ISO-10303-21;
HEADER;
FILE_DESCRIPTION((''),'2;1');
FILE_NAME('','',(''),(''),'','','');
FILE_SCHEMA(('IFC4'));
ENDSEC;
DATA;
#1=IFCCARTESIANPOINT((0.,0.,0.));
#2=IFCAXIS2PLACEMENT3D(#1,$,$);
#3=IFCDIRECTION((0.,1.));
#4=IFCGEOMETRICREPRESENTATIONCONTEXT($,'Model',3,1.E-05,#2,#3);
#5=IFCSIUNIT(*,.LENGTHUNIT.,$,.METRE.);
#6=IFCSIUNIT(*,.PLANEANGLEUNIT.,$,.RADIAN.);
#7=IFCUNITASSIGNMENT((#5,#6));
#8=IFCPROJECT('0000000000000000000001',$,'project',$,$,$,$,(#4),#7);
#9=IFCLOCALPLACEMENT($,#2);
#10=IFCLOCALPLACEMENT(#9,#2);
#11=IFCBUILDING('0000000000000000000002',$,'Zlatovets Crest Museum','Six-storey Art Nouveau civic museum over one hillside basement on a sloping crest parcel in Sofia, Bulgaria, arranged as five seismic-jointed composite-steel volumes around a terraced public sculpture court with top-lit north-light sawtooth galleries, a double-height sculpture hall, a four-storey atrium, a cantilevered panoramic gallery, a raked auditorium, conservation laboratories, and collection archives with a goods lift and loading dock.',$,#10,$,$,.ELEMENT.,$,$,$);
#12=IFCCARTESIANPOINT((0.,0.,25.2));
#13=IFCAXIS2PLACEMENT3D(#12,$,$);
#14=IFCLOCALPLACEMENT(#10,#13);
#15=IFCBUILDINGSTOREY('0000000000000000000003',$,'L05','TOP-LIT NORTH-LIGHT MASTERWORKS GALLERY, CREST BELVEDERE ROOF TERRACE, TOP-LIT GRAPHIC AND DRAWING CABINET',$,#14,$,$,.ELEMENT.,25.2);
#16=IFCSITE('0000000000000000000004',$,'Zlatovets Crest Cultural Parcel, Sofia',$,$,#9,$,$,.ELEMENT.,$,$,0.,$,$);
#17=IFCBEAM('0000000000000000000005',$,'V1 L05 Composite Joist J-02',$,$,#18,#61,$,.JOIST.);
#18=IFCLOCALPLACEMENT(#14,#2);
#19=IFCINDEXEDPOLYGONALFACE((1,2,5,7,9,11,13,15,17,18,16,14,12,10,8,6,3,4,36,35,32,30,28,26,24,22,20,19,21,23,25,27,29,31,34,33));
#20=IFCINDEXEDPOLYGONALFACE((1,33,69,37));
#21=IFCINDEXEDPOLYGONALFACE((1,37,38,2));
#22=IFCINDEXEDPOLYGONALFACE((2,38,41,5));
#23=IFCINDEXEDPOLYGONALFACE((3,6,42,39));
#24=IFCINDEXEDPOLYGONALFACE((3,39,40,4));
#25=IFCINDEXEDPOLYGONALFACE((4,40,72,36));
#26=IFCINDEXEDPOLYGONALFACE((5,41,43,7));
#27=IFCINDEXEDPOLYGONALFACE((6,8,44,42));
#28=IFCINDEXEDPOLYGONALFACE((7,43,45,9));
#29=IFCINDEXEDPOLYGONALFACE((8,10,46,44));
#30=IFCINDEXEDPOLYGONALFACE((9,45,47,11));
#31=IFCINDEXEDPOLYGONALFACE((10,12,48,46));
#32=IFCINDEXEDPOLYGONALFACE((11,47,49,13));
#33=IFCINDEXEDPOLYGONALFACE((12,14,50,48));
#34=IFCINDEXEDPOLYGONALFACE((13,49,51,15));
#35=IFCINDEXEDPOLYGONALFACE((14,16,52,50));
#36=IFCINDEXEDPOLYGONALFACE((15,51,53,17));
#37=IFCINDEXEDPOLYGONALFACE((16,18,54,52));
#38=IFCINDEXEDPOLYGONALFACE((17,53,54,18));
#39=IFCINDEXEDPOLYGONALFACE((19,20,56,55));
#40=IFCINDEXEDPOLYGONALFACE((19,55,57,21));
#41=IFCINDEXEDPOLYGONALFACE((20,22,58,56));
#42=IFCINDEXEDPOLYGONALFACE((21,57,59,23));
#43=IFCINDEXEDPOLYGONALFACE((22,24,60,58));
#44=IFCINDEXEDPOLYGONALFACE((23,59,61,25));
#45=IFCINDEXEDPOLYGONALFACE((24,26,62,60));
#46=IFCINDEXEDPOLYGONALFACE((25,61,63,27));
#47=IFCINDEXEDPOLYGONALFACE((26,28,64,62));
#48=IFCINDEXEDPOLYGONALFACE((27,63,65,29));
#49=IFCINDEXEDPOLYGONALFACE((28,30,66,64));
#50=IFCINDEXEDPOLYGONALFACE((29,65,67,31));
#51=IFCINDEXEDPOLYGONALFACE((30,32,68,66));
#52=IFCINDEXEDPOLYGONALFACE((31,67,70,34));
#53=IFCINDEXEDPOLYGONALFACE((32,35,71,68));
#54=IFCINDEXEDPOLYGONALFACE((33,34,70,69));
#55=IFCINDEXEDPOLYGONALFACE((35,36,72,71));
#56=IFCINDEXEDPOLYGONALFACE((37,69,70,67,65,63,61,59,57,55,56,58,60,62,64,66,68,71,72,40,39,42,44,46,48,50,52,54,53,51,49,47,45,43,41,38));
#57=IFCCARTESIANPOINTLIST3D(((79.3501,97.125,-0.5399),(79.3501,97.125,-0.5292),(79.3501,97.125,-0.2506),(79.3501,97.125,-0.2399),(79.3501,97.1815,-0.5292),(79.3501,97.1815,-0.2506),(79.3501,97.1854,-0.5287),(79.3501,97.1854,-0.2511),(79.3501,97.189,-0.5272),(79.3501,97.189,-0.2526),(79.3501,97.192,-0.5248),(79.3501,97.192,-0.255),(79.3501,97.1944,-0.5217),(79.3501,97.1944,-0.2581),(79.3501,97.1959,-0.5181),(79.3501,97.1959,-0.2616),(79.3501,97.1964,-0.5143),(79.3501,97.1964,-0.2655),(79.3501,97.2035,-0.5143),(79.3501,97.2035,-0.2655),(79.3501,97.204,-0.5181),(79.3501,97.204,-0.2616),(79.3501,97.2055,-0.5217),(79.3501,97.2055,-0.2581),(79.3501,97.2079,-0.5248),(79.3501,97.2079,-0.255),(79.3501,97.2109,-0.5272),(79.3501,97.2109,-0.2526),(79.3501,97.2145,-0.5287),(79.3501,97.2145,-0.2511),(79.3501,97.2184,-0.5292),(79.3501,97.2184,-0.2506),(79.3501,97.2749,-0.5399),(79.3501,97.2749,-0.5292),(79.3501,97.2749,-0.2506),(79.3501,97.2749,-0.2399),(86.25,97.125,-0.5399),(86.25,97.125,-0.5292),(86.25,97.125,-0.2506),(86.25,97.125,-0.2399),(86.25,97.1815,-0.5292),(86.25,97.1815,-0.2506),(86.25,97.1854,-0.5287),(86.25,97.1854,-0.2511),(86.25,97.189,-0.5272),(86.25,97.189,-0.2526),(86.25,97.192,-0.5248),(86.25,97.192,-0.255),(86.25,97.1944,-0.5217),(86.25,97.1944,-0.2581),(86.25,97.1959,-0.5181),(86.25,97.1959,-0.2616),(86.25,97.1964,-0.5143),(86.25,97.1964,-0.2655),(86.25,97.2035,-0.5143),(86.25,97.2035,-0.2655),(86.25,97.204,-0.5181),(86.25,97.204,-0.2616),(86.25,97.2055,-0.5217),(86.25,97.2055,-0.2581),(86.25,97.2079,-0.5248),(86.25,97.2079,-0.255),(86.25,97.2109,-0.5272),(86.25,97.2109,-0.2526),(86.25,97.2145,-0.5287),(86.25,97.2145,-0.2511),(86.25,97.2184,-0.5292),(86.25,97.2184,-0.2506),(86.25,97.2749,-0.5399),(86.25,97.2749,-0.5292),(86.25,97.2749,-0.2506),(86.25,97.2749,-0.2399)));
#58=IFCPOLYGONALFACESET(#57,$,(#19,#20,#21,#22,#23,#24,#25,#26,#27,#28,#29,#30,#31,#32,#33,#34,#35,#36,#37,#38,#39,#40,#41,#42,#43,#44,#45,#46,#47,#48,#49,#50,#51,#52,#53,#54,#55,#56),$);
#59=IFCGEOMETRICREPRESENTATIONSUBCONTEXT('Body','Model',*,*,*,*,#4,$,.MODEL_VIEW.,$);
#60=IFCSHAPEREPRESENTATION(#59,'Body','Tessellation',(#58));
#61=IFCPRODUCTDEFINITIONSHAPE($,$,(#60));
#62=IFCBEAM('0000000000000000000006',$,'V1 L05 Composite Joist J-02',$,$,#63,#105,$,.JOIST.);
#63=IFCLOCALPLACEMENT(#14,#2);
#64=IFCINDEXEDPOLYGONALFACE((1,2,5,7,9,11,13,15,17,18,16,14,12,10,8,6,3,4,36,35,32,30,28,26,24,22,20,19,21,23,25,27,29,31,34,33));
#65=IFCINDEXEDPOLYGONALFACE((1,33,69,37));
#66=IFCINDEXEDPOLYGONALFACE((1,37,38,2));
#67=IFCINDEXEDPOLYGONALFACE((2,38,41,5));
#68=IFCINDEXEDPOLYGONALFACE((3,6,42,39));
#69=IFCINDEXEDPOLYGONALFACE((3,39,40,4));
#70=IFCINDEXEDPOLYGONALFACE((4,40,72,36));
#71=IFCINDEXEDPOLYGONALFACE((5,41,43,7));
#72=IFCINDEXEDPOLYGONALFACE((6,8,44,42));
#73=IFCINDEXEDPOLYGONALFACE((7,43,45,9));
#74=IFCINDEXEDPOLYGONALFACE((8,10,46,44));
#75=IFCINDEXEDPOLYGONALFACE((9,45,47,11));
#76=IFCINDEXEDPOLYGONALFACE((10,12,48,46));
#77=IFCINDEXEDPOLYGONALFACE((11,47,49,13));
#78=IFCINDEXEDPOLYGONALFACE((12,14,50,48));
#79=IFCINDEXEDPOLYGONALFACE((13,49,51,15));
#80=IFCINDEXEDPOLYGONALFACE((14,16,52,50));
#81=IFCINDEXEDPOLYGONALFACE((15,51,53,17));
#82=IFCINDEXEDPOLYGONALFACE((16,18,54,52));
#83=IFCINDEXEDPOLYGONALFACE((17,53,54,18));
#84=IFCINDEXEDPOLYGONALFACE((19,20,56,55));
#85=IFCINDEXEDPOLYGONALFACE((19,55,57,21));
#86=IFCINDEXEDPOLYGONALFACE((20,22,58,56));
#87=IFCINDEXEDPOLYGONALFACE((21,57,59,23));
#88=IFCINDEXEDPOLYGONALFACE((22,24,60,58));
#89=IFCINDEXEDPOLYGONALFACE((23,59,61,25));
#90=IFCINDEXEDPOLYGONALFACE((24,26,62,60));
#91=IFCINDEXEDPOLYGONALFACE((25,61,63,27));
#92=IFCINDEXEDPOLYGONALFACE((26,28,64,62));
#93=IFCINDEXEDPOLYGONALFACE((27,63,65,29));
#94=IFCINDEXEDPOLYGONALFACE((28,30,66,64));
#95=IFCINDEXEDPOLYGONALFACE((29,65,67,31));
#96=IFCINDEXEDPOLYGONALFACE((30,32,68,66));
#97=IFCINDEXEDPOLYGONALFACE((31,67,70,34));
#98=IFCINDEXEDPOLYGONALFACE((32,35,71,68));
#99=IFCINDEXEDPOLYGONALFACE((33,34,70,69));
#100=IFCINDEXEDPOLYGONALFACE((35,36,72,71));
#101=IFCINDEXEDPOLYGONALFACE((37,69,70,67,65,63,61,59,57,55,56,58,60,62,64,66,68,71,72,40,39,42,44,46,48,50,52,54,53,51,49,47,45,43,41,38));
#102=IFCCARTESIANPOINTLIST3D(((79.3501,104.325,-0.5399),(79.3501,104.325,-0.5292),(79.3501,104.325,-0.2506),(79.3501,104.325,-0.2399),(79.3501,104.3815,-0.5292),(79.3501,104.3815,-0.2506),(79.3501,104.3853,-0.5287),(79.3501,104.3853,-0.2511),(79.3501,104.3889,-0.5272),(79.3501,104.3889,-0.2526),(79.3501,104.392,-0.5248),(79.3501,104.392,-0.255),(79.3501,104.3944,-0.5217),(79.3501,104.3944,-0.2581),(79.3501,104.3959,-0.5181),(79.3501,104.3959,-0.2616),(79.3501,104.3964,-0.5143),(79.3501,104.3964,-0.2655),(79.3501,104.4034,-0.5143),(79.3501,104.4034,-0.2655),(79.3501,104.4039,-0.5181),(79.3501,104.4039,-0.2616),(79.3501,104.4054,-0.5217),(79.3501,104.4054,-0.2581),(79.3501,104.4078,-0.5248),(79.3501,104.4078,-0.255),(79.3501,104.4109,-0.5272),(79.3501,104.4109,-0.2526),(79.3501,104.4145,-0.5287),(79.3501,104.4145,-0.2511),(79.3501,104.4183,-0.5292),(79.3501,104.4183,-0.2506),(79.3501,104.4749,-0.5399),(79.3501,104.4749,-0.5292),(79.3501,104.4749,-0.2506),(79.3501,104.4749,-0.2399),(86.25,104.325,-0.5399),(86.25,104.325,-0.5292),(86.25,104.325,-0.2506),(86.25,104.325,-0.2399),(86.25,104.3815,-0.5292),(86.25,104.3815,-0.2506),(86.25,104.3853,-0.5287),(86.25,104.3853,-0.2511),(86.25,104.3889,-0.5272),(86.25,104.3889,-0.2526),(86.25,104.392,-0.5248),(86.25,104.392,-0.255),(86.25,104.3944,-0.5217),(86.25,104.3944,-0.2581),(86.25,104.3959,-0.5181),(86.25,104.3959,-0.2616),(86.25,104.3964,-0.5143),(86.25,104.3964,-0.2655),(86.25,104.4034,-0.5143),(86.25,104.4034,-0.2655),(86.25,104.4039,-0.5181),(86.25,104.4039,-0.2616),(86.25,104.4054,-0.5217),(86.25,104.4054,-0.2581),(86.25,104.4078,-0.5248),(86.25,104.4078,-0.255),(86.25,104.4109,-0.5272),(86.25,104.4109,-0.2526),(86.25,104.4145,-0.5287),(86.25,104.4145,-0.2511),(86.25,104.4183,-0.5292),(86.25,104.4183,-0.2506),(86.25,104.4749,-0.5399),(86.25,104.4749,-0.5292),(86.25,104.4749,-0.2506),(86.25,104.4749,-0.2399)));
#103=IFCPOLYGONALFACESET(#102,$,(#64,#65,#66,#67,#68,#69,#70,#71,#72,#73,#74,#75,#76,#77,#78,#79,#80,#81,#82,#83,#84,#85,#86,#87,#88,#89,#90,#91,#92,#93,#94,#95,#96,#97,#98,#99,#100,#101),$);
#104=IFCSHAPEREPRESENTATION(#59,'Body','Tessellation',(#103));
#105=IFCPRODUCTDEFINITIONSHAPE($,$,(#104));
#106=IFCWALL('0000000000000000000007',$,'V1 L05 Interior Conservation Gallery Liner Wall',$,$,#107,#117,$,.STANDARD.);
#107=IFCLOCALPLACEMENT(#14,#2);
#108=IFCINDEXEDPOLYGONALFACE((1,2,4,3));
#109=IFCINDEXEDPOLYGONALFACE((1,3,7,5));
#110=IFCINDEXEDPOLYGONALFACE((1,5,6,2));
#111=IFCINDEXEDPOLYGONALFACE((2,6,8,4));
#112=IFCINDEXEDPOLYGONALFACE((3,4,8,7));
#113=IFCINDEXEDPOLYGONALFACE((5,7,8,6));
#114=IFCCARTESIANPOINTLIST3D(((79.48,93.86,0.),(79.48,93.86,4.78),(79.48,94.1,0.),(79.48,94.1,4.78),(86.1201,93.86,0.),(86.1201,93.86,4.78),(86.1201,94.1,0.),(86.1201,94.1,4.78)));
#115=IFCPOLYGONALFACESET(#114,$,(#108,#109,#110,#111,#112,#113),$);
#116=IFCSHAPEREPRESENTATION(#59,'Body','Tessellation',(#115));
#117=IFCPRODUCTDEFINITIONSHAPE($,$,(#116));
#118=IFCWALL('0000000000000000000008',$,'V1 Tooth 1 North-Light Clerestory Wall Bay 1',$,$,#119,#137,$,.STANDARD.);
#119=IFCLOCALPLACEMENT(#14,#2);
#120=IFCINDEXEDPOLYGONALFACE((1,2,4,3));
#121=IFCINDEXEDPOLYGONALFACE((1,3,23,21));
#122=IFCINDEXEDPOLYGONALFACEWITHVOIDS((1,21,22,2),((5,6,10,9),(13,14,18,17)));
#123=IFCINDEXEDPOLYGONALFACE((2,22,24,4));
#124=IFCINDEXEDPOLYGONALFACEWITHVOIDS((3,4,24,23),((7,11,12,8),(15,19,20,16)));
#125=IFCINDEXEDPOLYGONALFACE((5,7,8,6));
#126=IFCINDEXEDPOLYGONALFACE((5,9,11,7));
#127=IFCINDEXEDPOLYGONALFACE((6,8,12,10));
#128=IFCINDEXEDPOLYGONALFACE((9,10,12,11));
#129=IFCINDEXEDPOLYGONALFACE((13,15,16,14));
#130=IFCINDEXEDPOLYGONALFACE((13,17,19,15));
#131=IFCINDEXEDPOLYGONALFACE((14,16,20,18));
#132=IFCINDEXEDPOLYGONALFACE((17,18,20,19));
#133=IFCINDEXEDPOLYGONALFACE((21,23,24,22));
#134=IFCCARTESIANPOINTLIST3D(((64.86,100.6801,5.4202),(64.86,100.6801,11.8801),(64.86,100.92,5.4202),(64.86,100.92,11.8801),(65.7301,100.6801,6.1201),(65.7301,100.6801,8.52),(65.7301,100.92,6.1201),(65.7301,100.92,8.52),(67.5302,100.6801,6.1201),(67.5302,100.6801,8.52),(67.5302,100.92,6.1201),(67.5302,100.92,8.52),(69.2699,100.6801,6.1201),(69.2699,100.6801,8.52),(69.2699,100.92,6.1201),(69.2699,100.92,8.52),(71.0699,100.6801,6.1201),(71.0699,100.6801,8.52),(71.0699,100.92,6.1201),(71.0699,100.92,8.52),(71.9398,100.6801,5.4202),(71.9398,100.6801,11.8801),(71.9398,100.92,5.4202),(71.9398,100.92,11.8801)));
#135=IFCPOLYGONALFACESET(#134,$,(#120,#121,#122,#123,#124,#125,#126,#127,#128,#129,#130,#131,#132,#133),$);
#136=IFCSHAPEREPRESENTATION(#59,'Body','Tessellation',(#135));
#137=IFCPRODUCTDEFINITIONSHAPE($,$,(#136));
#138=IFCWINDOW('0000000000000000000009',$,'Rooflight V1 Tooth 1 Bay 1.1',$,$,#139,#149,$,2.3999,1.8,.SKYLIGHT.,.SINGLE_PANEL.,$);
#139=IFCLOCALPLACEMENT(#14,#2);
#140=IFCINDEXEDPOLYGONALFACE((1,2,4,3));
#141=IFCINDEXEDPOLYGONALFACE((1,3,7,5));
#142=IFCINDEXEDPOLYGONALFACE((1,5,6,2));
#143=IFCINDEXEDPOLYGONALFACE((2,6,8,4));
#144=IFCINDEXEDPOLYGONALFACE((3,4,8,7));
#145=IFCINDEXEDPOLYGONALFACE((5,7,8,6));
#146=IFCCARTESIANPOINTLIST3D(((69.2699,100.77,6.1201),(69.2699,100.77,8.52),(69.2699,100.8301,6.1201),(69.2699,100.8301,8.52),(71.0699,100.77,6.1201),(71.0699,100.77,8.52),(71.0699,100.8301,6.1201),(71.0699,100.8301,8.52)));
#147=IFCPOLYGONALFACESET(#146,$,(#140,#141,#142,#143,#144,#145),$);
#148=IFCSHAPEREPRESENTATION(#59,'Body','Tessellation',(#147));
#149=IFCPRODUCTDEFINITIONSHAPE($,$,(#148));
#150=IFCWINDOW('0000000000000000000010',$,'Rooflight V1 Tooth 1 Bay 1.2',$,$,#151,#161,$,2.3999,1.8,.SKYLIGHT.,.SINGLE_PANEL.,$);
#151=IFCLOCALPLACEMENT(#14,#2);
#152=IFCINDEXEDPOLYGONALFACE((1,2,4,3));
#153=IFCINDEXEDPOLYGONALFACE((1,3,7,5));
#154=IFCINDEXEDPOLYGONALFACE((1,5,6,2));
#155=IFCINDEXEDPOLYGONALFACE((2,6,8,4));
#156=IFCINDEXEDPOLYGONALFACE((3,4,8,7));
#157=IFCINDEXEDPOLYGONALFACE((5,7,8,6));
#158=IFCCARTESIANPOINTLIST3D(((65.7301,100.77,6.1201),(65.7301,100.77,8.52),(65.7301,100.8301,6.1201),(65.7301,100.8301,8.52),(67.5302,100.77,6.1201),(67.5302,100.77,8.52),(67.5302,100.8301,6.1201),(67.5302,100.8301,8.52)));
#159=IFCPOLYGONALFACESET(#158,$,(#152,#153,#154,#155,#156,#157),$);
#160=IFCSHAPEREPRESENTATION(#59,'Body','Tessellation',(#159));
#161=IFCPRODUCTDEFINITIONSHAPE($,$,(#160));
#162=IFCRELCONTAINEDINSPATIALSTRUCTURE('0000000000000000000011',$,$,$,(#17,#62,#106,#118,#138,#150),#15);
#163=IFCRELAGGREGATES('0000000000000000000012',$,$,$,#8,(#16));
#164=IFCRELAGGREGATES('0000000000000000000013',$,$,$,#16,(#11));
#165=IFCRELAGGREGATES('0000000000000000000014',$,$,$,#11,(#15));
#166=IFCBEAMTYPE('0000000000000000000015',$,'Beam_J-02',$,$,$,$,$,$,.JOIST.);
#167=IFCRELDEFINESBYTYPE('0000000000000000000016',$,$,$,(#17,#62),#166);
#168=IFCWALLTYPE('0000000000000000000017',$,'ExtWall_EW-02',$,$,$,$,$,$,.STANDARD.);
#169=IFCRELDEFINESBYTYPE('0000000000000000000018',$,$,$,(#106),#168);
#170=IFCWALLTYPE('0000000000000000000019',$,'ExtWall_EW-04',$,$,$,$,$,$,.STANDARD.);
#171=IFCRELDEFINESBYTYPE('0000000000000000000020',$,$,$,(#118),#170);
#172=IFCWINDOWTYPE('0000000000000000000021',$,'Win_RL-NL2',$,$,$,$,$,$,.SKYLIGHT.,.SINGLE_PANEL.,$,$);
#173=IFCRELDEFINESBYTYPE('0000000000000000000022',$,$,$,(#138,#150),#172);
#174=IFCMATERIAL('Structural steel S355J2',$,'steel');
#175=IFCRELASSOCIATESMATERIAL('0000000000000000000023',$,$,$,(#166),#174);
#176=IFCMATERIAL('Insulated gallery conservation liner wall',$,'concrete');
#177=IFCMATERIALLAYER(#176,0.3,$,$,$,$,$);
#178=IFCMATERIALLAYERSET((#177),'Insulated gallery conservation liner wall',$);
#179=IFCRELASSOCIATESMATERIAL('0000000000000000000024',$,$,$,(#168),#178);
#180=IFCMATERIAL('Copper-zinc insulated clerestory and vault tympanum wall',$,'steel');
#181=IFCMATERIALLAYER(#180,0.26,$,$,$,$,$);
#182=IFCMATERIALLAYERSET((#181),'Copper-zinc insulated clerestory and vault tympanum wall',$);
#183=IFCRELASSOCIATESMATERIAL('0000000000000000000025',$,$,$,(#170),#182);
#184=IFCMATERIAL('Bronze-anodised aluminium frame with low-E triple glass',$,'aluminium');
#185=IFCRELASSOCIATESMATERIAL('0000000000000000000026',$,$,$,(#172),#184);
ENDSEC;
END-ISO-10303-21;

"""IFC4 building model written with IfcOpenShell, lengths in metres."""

from ifc_helpers import new_model, si_unit, direction, frame, frame_2d, origin, origin_2d, place, context, subcontext, project, spatial, rectangle, i_section, extrude, material, layer, layer_set, material_profile, profile_set, type_object, element, fill, save


model = new_model("IFC4")

# Units and contexts
model_context = context("Model", 3, precision=1e-05, world=origin(), true_north=direction((0.0, 1.0)))
body_context = subcontext(model_context, "Body", "Model", "MODEL_VIEW")
ifc_project = project(units=[si_unit("LENGTHUNIT", "METRE"), si_unit("PLANEANGLEUNIT", "RADIAN")], contexts=[model_context])

# Site, building, storey
site_placement = place(None, origin())
site = spatial("IfcSite", under=ifc_project, at=site_placement, Name="Zlatovets Crest Cultural Parcel, Sofia", CompositionType="ELEMENT", RefElevation=0.0)
building_placement = place(site_placement, origin())
building = spatial("IfcBuilding", under=site, at=building_placement, Name="Zlatovets Crest Museum", Description="Six-storey Art Nouveau civic museum over one hillside basement on a sloping crest parcel in Sofia, Bulgaria, arranged as five seismic-jointed composite-steel volumes around a terraced public sculpture court with top-lit north-light sawtooth galleries, a double-height sculpture hall, a four-storey atrium, a cantilevered panoramic gallery, a raked auditorium, conservation laboratories, and collection archives with a goods lift and loading dock.", CompositionType="ELEMENT")
storey_placement = place(building_placement, frame((0.0, 0.0, 25.2)))
storey = spatial("IfcBuildingStorey", under=building, at=storey_placement, Name="L05", Description="TOP-LIT NORTH-LIGHT MASTERWORKS GALLERY, CREST BELVEDERE ROOF TERRACE, TOP-LIT GRAPHIC AND DRAWING CABINET", CompositionType="ELEMENT", Elevation=25.2)

# Beams
ifc_material_1 = material(Name="Structural steel S355J2", Category="steel")
ifc_material_profile_1 = material_profile(ifc_material_1, i_section(OverallWidth=0.1499, OverallDepth=0.3, WebThickness=0.0071, FlangeThickness=0.0107, FilletRadius=0.0149, at=origin_2d()), Name="IPE 300")
ifc_profile_set_1 = profile_set([ifc_material_profile_1], Name="Structural steel S355J2")
beam_type_1 = type_object("IfcBeamType", Name="Beam_J-02", PredefinedType="JOIST", material=ifc_profile_set_1)
for number, where, z_axis, x_axis, name in (
    (1, (79.3501, 97.2, -0.3899), (1.0, 0.0, 0.0), (0.0, 1.0, 0.0), "V1 L05 Composite Joist J-02"),
    (2, (79.3501, 104.3999, -0.3899), (1.0, 0.0, 0.0), (0.0, 1.0, 0.0), "V1 L05 Composite Joist J-02"),
):
    element("IfcBeam", number, at=place(storey_placement, frame(where, z_axis=z_axis, x_axis=x_axis)), inside=storey, type_object=beam_type_1, Name=name, PredefinedType="JOIST", context=body_context, shape_type="SweptSolid", body=[
        extrude(i_section(OverallWidth=0.1499, OverallDepth=0.3, WebThickness=0.0071, FlangeThickness=0.0107, FilletRadius=0.0149, at=origin_2d()), origin(), (0.0, 0.0, 1.0), 6.8999),
    ])

# Wall
ifc_material_2 = material(Name="Insulated gallery conservation liner wall", Category="concrete")
ifc_layer_1 = layer(ifc_material_2, 0.3)
ifc_layer_set_1 = layer_set([ifc_layer_1], Name="Insulated gallery conservation liner wall")
wall_type_1 = type_object("IfcWallType", Name="ExtWall_EW-02", PredefinedType="STANDARD", material=ifc_layer_set_1)
wall_1_placement = place(storey_placement, frame((79.48, 93.98, 0.0), z_axis=(0.0, 0.0, 1.0), x_axis=(1.0, 0.0, 0.0)))
element("IfcWall", 3, at=wall_1_placement, inside=storey, type_object=wall_type_1, Name="V1 L05 Interior Conservation Gallery Liner Wall", PredefinedType="STANDARD", context=body_context, shape_type="SweptSolid", body=[
    extrude(rectangle(XDim=6.6401, YDim=0.24, at=frame_2d((3.3201, 0.0))), origin(), (0.0, 0.0, 1.0), 4.78),
])

# Wall, openings, windows
ifc_material_3 = material(Name="Copper-zinc insulated clerestory and vault tympanum wall", Category="steel")
ifc_layer_2 = layer(ifc_material_3, 0.26)
ifc_layer_set_2 = layer_set([ifc_layer_2], Name="Copper-zinc insulated clerestory and vault tympanum wall")
wall_type_2 = type_object("IfcWallType", Name="ExtWall_EW-04", PredefinedType="STANDARD", material=ifc_layer_set_2)
wall_2_placement = place(storey_placement, frame((71.9399, 100.8, 5.4202), z_axis=(0.0, 0.0, 1.0), x_axis=(-1.0, 0.0, 0.0)))
wall_2 = element("IfcWall", 4, at=wall_2_placement, inside=storey, type_object=wall_type_2, Name="V1 Tooth 1 North-Light Clerestory Wall Bay 1", PredefinedType="STANDARD", context=body_context, shape_type="SweptSolid", body=[
    extrude(rectangle(XDim=7.0798, YDim=0.24, at=frame_2d((3.54, 0.0))), origin(), (0.0, 0.0, 1.0), 6.46),
])
opening_1_placement = place(wall_2_placement, frame((0.8701, 0.0, 0.7)))
opening_1 = element("IfcOpeningElement", 5, at=opening_1_placement, cuts=wall_2, PredefinedType="OPENING", context=body_context, shape_type="SweptSolid", body=[
    extrude(rectangle(XDim=1.8, YDim=2.3999, at=frame_2d((0.8999, 1.2))), frame((0.0, 0.1299, 0.0), z_axis=(0.0, -1.0, 0.0), x_axis=(1.0, 0.0, 0.0)), (0.0, 0.0, 1.0), 0.26),
])
opening_2_placement = place(wall_2_placement, frame((4.4099, 0.0, 0.7)))
opening_2 = element("IfcOpeningElement", 6, at=opening_2_placement, cuts=wall_2, PredefinedType="OPENING", context=body_context, shape_type="SweptSolid", body=[
    extrude(rectangle(XDim=1.8, YDim=2.3999, at=frame_2d((0.8999, 1.2))), frame((0.0, 0.1299, 0.0), z_axis=(0.0, -1.0, 0.0), x_axis=(1.0, 0.0, 0.0)), (0.0, 0.0, 1.0), 0.26),
])
ifc_material_4 = material(Name="Bronze-anodised aluminium frame with low-E triple glass", Category="aluminium")
window_type_1 = type_object("IfcWindowType", Name="Win_RL-NL2", PartitioningType="SINGLE_PANEL", PredefinedType="SKYLIGHT", material=ifc_material_4)
window_1_placement = place(opening_1_placement, origin())
window_1 = element("IfcWindow", 7, at=window_1_placement, inside=storey, type_object=window_type_1, Name="Rooflight V1 Tooth 1 Bay 1.1", OverallHeight=2.3999, OverallWidth=1.8, PartitioningType="SINGLE_PANEL", PredefinedType="SKYLIGHT", context=body_context, shape_type="SweptSolid", body=[
    extrude(rectangle(XDim=1.8, YDim=2.3999, at=frame_2d((0.8999, 1.2))), frame((0.0, 0.03, 0.0), z_axis=(0.0, -1.0, 0.0), x_axis=(1.0, 0.0, 0.0)), (0.0, 0.0, 1.0), 0.0601),
])
fill(opening_1, window_1)
window_2_placement = place(opening_2_placement, origin())
window_2 = element("IfcWindow", 8, at=window_2_placement, inside=storey, type_object=window_type_1, Name="Rooflight V1 Tooth 1 Bay 1.2", OverallHeight=2.3999, OverallWidth=1.8, PartitioningType="SINGLE_PANEL", PredefinedType="SKYLIGHT", context=body_context, shape_type="SweptSolid", body=[
    extrude(rectangle(XDim=1.8, YDim=2.3999, at=frame_2d((0.8999, 1.2))), frame((0.0, 0.03, 0.0), z_axis=(0.0, -1.0, 0.0), x_axis=(1.0, 0.0, 0.0)), (0.0, 0.0, 1.0), 0.0601),
])
fill(opening_2, window_2)

save(model, "model.ifc")
